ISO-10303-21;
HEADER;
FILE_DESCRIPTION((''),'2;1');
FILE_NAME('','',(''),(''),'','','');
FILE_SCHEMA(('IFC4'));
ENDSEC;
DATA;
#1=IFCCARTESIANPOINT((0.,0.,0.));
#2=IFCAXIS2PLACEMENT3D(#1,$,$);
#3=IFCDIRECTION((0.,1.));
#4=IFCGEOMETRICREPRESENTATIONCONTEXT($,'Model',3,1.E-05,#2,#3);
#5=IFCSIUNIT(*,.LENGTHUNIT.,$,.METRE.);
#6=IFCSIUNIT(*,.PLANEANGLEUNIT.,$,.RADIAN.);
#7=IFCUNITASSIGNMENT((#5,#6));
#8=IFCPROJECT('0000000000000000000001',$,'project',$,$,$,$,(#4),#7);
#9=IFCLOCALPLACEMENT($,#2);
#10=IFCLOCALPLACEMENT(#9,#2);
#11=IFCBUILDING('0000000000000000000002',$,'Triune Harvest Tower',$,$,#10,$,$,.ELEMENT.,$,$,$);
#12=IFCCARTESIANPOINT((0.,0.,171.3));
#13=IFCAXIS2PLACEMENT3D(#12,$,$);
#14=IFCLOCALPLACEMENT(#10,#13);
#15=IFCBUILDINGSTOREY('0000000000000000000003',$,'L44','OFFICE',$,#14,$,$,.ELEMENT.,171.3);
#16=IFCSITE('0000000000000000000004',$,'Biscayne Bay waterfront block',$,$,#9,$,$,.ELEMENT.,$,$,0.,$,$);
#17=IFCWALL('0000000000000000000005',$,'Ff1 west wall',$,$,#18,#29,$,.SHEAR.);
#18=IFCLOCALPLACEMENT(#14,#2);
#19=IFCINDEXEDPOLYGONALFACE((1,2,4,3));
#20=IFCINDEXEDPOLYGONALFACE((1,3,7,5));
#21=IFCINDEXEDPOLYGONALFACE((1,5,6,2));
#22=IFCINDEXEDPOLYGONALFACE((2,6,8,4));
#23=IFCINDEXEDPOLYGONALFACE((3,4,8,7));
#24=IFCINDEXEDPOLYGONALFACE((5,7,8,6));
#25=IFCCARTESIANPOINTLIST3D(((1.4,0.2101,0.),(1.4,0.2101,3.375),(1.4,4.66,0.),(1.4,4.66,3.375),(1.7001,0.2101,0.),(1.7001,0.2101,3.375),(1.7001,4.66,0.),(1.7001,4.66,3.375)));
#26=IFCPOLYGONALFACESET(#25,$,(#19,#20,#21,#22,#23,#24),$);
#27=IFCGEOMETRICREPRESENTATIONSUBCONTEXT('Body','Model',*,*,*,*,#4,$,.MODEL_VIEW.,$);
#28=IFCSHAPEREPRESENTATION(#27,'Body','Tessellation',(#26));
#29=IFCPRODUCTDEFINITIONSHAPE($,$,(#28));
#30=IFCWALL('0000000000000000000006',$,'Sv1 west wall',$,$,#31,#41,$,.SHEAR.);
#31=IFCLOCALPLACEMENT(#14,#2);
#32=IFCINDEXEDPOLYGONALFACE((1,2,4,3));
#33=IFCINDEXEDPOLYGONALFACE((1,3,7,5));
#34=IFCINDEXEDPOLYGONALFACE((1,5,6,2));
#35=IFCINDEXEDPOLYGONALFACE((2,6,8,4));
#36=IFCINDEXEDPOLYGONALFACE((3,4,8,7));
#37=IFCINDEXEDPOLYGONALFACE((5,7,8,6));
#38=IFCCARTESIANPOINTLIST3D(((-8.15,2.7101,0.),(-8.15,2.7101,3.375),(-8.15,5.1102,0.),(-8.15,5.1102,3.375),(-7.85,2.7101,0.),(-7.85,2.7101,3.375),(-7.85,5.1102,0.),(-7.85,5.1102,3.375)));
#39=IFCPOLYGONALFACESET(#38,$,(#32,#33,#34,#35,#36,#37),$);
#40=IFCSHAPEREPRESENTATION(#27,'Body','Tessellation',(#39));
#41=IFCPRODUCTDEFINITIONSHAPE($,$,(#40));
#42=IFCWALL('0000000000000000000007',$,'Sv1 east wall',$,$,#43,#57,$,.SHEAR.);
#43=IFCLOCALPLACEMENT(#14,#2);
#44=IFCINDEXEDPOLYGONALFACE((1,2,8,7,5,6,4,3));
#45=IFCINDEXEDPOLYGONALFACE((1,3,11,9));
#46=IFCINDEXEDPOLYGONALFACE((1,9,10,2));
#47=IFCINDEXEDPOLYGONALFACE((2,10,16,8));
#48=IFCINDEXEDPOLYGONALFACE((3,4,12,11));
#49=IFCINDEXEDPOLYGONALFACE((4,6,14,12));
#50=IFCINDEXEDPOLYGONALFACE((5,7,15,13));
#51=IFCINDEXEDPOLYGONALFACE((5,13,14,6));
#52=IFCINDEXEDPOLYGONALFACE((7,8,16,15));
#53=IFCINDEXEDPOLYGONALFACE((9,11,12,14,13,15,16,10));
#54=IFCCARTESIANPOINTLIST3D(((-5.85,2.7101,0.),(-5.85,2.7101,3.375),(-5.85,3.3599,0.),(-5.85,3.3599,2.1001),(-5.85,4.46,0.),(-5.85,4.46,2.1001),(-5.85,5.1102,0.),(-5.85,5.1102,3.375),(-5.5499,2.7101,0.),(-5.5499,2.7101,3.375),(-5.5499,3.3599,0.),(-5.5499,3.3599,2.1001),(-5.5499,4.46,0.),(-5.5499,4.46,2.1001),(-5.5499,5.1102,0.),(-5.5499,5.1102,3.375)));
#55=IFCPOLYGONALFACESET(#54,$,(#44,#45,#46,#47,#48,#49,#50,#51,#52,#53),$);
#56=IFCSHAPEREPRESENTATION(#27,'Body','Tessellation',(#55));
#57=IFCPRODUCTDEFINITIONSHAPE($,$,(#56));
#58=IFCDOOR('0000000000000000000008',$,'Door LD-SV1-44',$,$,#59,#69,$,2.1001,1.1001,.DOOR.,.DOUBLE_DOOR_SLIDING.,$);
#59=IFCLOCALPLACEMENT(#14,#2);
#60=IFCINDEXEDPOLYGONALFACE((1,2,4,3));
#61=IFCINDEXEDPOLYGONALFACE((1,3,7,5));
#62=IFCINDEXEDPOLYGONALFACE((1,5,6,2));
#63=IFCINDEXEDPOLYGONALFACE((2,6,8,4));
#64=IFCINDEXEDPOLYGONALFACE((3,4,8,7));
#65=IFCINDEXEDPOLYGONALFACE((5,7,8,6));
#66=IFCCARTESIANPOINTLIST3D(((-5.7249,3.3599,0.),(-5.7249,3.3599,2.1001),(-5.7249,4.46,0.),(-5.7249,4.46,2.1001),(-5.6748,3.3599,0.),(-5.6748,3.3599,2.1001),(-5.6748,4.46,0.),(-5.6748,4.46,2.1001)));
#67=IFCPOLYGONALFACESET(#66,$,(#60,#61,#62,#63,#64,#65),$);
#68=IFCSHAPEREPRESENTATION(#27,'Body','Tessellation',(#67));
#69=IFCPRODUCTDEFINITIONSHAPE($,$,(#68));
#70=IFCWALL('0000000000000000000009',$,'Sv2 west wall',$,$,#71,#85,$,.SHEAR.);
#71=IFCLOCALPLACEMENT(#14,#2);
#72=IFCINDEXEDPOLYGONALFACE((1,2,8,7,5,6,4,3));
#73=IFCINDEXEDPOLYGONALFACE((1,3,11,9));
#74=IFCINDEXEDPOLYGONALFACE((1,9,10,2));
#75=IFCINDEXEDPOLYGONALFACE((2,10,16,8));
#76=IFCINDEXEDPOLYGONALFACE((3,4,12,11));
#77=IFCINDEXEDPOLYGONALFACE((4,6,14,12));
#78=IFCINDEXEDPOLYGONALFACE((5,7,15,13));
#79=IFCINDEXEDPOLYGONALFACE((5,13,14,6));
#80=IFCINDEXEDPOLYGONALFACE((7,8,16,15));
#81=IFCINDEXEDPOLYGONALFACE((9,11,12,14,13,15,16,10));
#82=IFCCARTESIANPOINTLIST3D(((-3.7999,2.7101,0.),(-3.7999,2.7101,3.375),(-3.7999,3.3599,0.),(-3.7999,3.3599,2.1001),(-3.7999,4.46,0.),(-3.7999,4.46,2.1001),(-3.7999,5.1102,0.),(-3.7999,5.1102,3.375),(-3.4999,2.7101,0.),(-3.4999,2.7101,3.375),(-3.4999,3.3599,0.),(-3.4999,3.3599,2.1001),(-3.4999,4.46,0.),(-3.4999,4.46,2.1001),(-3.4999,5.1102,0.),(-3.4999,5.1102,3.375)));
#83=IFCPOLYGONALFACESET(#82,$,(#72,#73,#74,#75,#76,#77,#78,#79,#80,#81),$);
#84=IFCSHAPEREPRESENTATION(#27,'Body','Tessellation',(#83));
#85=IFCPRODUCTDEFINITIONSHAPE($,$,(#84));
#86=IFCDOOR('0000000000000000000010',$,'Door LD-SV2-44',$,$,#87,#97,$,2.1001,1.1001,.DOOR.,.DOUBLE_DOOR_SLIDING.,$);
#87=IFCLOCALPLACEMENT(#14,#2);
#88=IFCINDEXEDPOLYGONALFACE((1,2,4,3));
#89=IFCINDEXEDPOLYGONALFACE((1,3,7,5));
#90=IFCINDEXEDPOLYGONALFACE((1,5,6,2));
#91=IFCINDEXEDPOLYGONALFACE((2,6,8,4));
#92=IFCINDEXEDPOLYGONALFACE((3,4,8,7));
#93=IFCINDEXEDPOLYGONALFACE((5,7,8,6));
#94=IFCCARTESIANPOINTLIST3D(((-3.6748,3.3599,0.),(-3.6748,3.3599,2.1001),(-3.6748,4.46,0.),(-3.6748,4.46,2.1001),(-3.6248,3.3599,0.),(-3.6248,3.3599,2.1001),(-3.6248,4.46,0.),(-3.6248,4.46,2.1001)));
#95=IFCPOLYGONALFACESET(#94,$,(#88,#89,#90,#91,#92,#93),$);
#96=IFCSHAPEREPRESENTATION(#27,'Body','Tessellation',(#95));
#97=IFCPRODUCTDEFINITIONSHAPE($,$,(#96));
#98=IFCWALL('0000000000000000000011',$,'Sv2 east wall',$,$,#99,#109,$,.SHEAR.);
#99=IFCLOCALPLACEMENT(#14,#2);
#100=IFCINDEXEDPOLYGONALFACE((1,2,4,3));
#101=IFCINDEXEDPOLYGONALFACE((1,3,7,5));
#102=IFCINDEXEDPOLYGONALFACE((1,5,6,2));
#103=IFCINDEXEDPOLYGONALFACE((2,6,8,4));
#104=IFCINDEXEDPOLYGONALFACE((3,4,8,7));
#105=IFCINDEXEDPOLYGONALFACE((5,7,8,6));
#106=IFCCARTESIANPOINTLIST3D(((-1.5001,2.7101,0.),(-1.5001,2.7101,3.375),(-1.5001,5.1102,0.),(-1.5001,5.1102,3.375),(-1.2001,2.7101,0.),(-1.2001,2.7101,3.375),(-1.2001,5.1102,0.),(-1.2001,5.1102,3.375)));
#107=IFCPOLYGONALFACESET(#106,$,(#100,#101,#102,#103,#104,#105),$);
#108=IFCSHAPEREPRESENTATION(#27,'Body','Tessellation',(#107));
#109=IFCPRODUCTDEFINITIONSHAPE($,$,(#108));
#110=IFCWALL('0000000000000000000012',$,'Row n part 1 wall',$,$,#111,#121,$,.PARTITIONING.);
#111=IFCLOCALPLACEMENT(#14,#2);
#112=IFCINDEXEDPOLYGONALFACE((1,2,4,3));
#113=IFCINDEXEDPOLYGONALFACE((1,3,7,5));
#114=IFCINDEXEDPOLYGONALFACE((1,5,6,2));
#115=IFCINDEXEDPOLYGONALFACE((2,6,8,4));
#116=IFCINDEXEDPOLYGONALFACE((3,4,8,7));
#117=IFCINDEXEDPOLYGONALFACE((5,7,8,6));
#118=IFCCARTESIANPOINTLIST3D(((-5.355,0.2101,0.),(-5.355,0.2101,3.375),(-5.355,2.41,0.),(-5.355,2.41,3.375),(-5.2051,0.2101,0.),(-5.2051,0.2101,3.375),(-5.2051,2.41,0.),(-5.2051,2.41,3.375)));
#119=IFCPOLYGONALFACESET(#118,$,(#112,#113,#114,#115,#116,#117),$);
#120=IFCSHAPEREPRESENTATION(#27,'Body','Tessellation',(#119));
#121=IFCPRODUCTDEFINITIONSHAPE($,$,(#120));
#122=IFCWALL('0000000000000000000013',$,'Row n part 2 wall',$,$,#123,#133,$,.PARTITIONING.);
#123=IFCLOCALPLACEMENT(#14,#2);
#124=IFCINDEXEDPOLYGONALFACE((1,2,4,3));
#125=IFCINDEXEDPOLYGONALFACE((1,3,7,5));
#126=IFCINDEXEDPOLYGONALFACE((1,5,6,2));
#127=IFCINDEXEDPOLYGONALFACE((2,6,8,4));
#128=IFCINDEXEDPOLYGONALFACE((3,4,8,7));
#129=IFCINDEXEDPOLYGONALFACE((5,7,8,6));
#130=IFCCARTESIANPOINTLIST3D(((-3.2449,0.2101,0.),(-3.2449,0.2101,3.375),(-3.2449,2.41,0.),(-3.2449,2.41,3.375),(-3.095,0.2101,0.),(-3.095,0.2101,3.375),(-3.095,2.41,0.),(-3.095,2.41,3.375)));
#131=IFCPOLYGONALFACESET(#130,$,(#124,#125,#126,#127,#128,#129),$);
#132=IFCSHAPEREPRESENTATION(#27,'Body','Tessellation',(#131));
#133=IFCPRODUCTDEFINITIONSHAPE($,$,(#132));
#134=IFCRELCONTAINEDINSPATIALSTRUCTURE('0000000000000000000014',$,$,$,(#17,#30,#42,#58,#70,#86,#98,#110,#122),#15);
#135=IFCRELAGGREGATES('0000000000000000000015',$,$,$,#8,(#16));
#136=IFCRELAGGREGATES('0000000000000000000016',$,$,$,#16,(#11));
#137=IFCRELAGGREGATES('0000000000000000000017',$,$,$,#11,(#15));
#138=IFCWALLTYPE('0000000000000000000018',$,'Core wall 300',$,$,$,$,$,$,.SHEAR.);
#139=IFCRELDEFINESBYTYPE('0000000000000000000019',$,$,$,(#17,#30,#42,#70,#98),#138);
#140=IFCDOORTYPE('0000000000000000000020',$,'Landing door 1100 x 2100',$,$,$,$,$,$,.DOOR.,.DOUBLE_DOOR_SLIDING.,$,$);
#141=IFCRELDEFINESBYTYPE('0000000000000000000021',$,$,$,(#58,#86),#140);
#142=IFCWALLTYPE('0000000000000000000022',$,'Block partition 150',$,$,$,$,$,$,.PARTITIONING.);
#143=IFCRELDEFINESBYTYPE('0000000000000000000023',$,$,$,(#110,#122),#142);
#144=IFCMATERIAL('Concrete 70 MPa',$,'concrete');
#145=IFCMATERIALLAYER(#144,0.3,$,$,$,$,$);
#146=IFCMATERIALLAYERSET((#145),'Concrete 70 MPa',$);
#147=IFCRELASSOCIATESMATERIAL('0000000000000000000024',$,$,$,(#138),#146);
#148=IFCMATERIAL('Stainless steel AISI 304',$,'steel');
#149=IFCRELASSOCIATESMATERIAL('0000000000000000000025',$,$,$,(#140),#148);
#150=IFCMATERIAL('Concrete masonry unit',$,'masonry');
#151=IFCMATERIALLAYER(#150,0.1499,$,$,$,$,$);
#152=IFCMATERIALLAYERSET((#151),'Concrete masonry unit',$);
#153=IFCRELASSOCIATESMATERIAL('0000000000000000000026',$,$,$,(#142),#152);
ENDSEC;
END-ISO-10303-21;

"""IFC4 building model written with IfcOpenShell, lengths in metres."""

from ifc_helpers import new_model, si_unit, direction, frame, frame_2d, origin, place, context, subcontext, project, spatial, rectangle, extrude, source, transform, mapped, material, layer, layer_set, type_object, element, fill, save


model = new_model("IFC4")

# Units and contexts
model_context = context("Model", 3, precision=1e-05, world=origin(), true_north=direction((0.0, 1.0)))
body_context = subcontext(model_context, "Body", "Model", "MODEL_VIEW")
ifc_project = project(units=[si_unit("LENGTHUNIT", "METRE"), si_unit("PLANEANGLEUNIT", "RADIAN")], contexts=[model_context])

# Site, building, storey
site_placement = place(None, origin())
site = spatial("IfcSite", under=ifc_project, at=site_placement, Name="Biscayne Bay waterfront block", CompositionType="ELEMENT", RefElevation=0.0)
building_placement = place(site_placement, origin())
building = spatial("IfcBuilding", under=site, at=building_placement, Name="Triune Harvest Tower", CompositionType="ELEMENT")
storey_placement = place(building_placement, frame((0.0, 0.0, 171.3)))
storey = spatial("IfcBuildingStorey", under=building, at=storey_placement, Name="L44", Description="OFFICE", CompositionType="ELEMENT", Elevation=171.3)

# Walls
ifc_material_1 = material(Name="Concrete 70 MPa", Category="concrete")
ifc_layer_1 = layer(ifc_material_1, 0.3)
ifc_layer_set_1 = layer_set([ifc_layer_1], Name="Concrete 70 MPa")
wall_type_1 = type_object("IfcWallType", Name="Core wall 300", PredefinedType="SHEAR", material=ifc_layer_set_1)
wall_1_placement = place(storey_placement, frame((1.55, 0.21, 0.0), z_axis=(0.0, 0.0, 1.0), x_axis=(0.0, 1.0, 0.0)))
element("IfcWall", 1, at=wall_1_placement, inside=storey, type_object=wall_type_1, Name="Ff1 west wall", PredefinedType="SHEAR", context=body_context, shape_type="SweptSolid", body=[
    extrude(rectangle(XDim=4.45, YDim=0.3, at=frame_2d((2.2251, 0.0))), origin(), (0.0, 0.0, 1.0), 3.375),
])
shared_shape_1 = source(origin(), body_context, "Body", "SweptSolid", [
    extrude(rectangle(XDim=2.4001, YDim=0.3, at=frame_2d((1.2002, 0.0))), origin(), (0.0, 0.0, 1.0), 3.375),
])
wall_2_placement = place(storey_placement, frame((-8.0, 2.71, 0.0), z_axis=(0.0, 0.0, 1.0), x_axis=(0.0, 1.0, 0.0)))
element("IfcWall", 2, at=wall_2_placement, inside=storey, type_object=wall_type_1, Name="Sv1 west wall", PredefinedType="SHEAR", context=body_context, shape_type="MappedRepresentation", body=[
    mapped(shared_shape_1, transform((0.0, 0.0, 0.0), scale=1.0)),
])

# Walls, openings, doors
wall_3_placement = place(storey_placement, frame((-5.7, 2.71, 0.0), z_axis=(0.0, 0.0, 1.0), x_axis=(0.0, 1.0, 0.0)))
wall_3 = element("IfcWall", 3, at=wall_3_placement, inside=storey, type_object=wall_type_1, Name="Sv1 east wall", PredefinedType="SHEAR", context=body_context, shape_type="MappedRepresentation", body=[
    mapped(shared_shape_1, transform((0.0, 0.0, 0.0), scale=1.0)),
])
opening_1_placement = place(wall_3_placement, frame((0.6499, 0.0, 0.0)))
opening_1 = element("IfcOpeningElement", 4, at=opening_1_placement, cuts=wall_3, PredefinedType="OPENING", context=body_context, shape_type="SweptSolid", body=[
    extrude(rectangle(XDim=1.1001, YDim=2.1001, at=frame_2d((0.55, 1.05))), frame((0.0, 0.1602, 0.0), z_axis=(0.0, -1.0, 0.0), x_axis=(1.0, 0.0, 0.0)), (0.0, 0.0, 1.0), 0.3201),
])
ifc_material_2 = material(Name="Stainless steel AISI 304", Category="steel")
door_type = type_object("IfcDoorType", Name="Landing door 1100 x 2100", OperationType="DOUBLE_DOOR_SLIDING", PredefinedType="DOOR", material=ifc_material_2)
door_1_placement = place(opening_1_placement, origin())
door_1 = element("IfcDoor", 5, at=door_1_placement, inside=storey, type_object=door_type, Name="Door LD-SV1-44", OperationType="DOUBLE_DOOR_SLIDING", OverallHeight=2.1001, OverallWidth=1.1001, PredefinedType="DOOR", context=body_context, shape_type="SweptSolid", body=[
    extrude(rectangle(XDim=1.1001, YDim=2.1001, at=frame_2d((0.55, 1.05))), frame((0.0, 0.0249, 0.0), z_axis=(0.0, -1.0, 0.0), x_axis=(1.0, 0.0, 0.0)), (0.0, 0.0, 1.0), 0.05),
])
fill(opening_1, door_1)
wall_4_placement = place(storey_placement, frame((-3.6499, 2.71, 0.0), z_axis=(0.0, 0.0, 1.0), x_axis=(0.0, 1.0, 0.0)))
wall_4 = element("IfcWall", 6, at=wall_4_placement, inside=storey, type_object=wall_type_1, Name="Sv2 west wall", PredefinedType="SHEAR", context=body_context, shape_type="MappedRepresentation", body=[
    mapped(shared_shape_1, transform((0.0, 0.0, 0.0), scale=1.0)),
])
opening_2_placement = place(wall_4_placement, frame((0.6499, 0.0, 0.0)))
opening_2 = element("IfcOpeningElement", 7, at=opening_2_placement, cuts=wall_4, PredefinedType="OPENING", context=body_context, shape_type="SweptSolid", body=[
    extrude(rectangle(XDim=1.1001, YDim=2.1001, at=frame_2d((0.55, 1.05))), frame((0.0, 0.1602, 0.0), z_axis=(0.0, -1.0, 0.0), x_axis=(1.0, 0.0, 0.0)), (0.0, 0.0, 1.0), 0.3201),
])
door_2_placement = place(opening_2_placement, origin())
door_2 = element("IfcDoor", 8, at=door_2_placement, inside=storey, type_object=door_type, Name="Door LD-SV2-44", OperationType="DOUBLE_DOOR_SLIDING", OverallHeight=2.1001, OverallWidth=1.1001, PredefinedType="DOOR", context=body_context, shape_type="SweptSolid", body=[
    extrude(rectangle(XDim=1.1001, YDim=2.1001, at=frame_2d((0.55, 1.05))), frame((0.0, 0.0249, 0.0), z_axis=(0.0, -1.0, 0.0), x_axis=(1.0, 0.0, 0.0)), (0.0, 0.0, 1.0), 0.05),
])
fill(opening_2, door_2)

# Walls
wall_5_placement = place(storey_placement, frame((-1.3501, 2.71, 0.0), z_axis=(0.0, 0.0, 1.0), x_axis=(0.0, 1.0, 0.0)))
element("IfcWall", 9, at=wall_5_placement, inside=storey, type_object=wall_type_1, Name="Sv2 east wall", PredefinedType="SHEAR", context=body_context, shape_type="MappedRepresentation", body=[
    mapped(shared_shape_1, transform((0.0, 0.0, 0.0), scale=1.0)),
])
ifc_material_3 = material(Name="Concrete masonry unit", Category="masonry")
ifc_layer_2 = layer(ifc_material_3, 0.1499)
ifc_layer_set_2 = layer_set([ifc_layer_2], Name="Concrete masonry unit")
wall_type_2 = type_object("IfcWallType", Name="Block partition 150", PredefinedType="PARTITIONING", material=ifc_layer_set_2)
shared_shape_2 = source(origin(), body_context, "Body", "SweptSolid", [
    extrude(rectangle(XDim=2.2, YDim=0.1499, at=frame_2d((1.1001, 0.0))), origin(), (0.0, 0.0, 1.0), 3.375),
])
for number, where, z_axis, x_axis, name in (
    (10, (-5.28, 0.21, 0.0), (0.0, 0.0, 1.0), (0.0, 1.0, 0.0), "Row n part 1 wall"),
    (11, (-3.1699, 0.21, 0.0), (0.0, 0.0, 1.0), (0.0, 1.0, 0.0), "Row n part 2 wall"),
):
    element("IfcWall", number, at=place(storey_placement, frame(where, z_axis=z_axis, x_axis=x_axis)), inside=storey, type_object=wall_type_2, Name=name, PredefinedType="PARTITIONING", context=body_context, shape_type="MappedRepresentation", body=[
        mapped(shared_shape_2, transform((0.0, 0.0, 0.0), scale=1.0)),
    ])

save(model, "model.ifc")
